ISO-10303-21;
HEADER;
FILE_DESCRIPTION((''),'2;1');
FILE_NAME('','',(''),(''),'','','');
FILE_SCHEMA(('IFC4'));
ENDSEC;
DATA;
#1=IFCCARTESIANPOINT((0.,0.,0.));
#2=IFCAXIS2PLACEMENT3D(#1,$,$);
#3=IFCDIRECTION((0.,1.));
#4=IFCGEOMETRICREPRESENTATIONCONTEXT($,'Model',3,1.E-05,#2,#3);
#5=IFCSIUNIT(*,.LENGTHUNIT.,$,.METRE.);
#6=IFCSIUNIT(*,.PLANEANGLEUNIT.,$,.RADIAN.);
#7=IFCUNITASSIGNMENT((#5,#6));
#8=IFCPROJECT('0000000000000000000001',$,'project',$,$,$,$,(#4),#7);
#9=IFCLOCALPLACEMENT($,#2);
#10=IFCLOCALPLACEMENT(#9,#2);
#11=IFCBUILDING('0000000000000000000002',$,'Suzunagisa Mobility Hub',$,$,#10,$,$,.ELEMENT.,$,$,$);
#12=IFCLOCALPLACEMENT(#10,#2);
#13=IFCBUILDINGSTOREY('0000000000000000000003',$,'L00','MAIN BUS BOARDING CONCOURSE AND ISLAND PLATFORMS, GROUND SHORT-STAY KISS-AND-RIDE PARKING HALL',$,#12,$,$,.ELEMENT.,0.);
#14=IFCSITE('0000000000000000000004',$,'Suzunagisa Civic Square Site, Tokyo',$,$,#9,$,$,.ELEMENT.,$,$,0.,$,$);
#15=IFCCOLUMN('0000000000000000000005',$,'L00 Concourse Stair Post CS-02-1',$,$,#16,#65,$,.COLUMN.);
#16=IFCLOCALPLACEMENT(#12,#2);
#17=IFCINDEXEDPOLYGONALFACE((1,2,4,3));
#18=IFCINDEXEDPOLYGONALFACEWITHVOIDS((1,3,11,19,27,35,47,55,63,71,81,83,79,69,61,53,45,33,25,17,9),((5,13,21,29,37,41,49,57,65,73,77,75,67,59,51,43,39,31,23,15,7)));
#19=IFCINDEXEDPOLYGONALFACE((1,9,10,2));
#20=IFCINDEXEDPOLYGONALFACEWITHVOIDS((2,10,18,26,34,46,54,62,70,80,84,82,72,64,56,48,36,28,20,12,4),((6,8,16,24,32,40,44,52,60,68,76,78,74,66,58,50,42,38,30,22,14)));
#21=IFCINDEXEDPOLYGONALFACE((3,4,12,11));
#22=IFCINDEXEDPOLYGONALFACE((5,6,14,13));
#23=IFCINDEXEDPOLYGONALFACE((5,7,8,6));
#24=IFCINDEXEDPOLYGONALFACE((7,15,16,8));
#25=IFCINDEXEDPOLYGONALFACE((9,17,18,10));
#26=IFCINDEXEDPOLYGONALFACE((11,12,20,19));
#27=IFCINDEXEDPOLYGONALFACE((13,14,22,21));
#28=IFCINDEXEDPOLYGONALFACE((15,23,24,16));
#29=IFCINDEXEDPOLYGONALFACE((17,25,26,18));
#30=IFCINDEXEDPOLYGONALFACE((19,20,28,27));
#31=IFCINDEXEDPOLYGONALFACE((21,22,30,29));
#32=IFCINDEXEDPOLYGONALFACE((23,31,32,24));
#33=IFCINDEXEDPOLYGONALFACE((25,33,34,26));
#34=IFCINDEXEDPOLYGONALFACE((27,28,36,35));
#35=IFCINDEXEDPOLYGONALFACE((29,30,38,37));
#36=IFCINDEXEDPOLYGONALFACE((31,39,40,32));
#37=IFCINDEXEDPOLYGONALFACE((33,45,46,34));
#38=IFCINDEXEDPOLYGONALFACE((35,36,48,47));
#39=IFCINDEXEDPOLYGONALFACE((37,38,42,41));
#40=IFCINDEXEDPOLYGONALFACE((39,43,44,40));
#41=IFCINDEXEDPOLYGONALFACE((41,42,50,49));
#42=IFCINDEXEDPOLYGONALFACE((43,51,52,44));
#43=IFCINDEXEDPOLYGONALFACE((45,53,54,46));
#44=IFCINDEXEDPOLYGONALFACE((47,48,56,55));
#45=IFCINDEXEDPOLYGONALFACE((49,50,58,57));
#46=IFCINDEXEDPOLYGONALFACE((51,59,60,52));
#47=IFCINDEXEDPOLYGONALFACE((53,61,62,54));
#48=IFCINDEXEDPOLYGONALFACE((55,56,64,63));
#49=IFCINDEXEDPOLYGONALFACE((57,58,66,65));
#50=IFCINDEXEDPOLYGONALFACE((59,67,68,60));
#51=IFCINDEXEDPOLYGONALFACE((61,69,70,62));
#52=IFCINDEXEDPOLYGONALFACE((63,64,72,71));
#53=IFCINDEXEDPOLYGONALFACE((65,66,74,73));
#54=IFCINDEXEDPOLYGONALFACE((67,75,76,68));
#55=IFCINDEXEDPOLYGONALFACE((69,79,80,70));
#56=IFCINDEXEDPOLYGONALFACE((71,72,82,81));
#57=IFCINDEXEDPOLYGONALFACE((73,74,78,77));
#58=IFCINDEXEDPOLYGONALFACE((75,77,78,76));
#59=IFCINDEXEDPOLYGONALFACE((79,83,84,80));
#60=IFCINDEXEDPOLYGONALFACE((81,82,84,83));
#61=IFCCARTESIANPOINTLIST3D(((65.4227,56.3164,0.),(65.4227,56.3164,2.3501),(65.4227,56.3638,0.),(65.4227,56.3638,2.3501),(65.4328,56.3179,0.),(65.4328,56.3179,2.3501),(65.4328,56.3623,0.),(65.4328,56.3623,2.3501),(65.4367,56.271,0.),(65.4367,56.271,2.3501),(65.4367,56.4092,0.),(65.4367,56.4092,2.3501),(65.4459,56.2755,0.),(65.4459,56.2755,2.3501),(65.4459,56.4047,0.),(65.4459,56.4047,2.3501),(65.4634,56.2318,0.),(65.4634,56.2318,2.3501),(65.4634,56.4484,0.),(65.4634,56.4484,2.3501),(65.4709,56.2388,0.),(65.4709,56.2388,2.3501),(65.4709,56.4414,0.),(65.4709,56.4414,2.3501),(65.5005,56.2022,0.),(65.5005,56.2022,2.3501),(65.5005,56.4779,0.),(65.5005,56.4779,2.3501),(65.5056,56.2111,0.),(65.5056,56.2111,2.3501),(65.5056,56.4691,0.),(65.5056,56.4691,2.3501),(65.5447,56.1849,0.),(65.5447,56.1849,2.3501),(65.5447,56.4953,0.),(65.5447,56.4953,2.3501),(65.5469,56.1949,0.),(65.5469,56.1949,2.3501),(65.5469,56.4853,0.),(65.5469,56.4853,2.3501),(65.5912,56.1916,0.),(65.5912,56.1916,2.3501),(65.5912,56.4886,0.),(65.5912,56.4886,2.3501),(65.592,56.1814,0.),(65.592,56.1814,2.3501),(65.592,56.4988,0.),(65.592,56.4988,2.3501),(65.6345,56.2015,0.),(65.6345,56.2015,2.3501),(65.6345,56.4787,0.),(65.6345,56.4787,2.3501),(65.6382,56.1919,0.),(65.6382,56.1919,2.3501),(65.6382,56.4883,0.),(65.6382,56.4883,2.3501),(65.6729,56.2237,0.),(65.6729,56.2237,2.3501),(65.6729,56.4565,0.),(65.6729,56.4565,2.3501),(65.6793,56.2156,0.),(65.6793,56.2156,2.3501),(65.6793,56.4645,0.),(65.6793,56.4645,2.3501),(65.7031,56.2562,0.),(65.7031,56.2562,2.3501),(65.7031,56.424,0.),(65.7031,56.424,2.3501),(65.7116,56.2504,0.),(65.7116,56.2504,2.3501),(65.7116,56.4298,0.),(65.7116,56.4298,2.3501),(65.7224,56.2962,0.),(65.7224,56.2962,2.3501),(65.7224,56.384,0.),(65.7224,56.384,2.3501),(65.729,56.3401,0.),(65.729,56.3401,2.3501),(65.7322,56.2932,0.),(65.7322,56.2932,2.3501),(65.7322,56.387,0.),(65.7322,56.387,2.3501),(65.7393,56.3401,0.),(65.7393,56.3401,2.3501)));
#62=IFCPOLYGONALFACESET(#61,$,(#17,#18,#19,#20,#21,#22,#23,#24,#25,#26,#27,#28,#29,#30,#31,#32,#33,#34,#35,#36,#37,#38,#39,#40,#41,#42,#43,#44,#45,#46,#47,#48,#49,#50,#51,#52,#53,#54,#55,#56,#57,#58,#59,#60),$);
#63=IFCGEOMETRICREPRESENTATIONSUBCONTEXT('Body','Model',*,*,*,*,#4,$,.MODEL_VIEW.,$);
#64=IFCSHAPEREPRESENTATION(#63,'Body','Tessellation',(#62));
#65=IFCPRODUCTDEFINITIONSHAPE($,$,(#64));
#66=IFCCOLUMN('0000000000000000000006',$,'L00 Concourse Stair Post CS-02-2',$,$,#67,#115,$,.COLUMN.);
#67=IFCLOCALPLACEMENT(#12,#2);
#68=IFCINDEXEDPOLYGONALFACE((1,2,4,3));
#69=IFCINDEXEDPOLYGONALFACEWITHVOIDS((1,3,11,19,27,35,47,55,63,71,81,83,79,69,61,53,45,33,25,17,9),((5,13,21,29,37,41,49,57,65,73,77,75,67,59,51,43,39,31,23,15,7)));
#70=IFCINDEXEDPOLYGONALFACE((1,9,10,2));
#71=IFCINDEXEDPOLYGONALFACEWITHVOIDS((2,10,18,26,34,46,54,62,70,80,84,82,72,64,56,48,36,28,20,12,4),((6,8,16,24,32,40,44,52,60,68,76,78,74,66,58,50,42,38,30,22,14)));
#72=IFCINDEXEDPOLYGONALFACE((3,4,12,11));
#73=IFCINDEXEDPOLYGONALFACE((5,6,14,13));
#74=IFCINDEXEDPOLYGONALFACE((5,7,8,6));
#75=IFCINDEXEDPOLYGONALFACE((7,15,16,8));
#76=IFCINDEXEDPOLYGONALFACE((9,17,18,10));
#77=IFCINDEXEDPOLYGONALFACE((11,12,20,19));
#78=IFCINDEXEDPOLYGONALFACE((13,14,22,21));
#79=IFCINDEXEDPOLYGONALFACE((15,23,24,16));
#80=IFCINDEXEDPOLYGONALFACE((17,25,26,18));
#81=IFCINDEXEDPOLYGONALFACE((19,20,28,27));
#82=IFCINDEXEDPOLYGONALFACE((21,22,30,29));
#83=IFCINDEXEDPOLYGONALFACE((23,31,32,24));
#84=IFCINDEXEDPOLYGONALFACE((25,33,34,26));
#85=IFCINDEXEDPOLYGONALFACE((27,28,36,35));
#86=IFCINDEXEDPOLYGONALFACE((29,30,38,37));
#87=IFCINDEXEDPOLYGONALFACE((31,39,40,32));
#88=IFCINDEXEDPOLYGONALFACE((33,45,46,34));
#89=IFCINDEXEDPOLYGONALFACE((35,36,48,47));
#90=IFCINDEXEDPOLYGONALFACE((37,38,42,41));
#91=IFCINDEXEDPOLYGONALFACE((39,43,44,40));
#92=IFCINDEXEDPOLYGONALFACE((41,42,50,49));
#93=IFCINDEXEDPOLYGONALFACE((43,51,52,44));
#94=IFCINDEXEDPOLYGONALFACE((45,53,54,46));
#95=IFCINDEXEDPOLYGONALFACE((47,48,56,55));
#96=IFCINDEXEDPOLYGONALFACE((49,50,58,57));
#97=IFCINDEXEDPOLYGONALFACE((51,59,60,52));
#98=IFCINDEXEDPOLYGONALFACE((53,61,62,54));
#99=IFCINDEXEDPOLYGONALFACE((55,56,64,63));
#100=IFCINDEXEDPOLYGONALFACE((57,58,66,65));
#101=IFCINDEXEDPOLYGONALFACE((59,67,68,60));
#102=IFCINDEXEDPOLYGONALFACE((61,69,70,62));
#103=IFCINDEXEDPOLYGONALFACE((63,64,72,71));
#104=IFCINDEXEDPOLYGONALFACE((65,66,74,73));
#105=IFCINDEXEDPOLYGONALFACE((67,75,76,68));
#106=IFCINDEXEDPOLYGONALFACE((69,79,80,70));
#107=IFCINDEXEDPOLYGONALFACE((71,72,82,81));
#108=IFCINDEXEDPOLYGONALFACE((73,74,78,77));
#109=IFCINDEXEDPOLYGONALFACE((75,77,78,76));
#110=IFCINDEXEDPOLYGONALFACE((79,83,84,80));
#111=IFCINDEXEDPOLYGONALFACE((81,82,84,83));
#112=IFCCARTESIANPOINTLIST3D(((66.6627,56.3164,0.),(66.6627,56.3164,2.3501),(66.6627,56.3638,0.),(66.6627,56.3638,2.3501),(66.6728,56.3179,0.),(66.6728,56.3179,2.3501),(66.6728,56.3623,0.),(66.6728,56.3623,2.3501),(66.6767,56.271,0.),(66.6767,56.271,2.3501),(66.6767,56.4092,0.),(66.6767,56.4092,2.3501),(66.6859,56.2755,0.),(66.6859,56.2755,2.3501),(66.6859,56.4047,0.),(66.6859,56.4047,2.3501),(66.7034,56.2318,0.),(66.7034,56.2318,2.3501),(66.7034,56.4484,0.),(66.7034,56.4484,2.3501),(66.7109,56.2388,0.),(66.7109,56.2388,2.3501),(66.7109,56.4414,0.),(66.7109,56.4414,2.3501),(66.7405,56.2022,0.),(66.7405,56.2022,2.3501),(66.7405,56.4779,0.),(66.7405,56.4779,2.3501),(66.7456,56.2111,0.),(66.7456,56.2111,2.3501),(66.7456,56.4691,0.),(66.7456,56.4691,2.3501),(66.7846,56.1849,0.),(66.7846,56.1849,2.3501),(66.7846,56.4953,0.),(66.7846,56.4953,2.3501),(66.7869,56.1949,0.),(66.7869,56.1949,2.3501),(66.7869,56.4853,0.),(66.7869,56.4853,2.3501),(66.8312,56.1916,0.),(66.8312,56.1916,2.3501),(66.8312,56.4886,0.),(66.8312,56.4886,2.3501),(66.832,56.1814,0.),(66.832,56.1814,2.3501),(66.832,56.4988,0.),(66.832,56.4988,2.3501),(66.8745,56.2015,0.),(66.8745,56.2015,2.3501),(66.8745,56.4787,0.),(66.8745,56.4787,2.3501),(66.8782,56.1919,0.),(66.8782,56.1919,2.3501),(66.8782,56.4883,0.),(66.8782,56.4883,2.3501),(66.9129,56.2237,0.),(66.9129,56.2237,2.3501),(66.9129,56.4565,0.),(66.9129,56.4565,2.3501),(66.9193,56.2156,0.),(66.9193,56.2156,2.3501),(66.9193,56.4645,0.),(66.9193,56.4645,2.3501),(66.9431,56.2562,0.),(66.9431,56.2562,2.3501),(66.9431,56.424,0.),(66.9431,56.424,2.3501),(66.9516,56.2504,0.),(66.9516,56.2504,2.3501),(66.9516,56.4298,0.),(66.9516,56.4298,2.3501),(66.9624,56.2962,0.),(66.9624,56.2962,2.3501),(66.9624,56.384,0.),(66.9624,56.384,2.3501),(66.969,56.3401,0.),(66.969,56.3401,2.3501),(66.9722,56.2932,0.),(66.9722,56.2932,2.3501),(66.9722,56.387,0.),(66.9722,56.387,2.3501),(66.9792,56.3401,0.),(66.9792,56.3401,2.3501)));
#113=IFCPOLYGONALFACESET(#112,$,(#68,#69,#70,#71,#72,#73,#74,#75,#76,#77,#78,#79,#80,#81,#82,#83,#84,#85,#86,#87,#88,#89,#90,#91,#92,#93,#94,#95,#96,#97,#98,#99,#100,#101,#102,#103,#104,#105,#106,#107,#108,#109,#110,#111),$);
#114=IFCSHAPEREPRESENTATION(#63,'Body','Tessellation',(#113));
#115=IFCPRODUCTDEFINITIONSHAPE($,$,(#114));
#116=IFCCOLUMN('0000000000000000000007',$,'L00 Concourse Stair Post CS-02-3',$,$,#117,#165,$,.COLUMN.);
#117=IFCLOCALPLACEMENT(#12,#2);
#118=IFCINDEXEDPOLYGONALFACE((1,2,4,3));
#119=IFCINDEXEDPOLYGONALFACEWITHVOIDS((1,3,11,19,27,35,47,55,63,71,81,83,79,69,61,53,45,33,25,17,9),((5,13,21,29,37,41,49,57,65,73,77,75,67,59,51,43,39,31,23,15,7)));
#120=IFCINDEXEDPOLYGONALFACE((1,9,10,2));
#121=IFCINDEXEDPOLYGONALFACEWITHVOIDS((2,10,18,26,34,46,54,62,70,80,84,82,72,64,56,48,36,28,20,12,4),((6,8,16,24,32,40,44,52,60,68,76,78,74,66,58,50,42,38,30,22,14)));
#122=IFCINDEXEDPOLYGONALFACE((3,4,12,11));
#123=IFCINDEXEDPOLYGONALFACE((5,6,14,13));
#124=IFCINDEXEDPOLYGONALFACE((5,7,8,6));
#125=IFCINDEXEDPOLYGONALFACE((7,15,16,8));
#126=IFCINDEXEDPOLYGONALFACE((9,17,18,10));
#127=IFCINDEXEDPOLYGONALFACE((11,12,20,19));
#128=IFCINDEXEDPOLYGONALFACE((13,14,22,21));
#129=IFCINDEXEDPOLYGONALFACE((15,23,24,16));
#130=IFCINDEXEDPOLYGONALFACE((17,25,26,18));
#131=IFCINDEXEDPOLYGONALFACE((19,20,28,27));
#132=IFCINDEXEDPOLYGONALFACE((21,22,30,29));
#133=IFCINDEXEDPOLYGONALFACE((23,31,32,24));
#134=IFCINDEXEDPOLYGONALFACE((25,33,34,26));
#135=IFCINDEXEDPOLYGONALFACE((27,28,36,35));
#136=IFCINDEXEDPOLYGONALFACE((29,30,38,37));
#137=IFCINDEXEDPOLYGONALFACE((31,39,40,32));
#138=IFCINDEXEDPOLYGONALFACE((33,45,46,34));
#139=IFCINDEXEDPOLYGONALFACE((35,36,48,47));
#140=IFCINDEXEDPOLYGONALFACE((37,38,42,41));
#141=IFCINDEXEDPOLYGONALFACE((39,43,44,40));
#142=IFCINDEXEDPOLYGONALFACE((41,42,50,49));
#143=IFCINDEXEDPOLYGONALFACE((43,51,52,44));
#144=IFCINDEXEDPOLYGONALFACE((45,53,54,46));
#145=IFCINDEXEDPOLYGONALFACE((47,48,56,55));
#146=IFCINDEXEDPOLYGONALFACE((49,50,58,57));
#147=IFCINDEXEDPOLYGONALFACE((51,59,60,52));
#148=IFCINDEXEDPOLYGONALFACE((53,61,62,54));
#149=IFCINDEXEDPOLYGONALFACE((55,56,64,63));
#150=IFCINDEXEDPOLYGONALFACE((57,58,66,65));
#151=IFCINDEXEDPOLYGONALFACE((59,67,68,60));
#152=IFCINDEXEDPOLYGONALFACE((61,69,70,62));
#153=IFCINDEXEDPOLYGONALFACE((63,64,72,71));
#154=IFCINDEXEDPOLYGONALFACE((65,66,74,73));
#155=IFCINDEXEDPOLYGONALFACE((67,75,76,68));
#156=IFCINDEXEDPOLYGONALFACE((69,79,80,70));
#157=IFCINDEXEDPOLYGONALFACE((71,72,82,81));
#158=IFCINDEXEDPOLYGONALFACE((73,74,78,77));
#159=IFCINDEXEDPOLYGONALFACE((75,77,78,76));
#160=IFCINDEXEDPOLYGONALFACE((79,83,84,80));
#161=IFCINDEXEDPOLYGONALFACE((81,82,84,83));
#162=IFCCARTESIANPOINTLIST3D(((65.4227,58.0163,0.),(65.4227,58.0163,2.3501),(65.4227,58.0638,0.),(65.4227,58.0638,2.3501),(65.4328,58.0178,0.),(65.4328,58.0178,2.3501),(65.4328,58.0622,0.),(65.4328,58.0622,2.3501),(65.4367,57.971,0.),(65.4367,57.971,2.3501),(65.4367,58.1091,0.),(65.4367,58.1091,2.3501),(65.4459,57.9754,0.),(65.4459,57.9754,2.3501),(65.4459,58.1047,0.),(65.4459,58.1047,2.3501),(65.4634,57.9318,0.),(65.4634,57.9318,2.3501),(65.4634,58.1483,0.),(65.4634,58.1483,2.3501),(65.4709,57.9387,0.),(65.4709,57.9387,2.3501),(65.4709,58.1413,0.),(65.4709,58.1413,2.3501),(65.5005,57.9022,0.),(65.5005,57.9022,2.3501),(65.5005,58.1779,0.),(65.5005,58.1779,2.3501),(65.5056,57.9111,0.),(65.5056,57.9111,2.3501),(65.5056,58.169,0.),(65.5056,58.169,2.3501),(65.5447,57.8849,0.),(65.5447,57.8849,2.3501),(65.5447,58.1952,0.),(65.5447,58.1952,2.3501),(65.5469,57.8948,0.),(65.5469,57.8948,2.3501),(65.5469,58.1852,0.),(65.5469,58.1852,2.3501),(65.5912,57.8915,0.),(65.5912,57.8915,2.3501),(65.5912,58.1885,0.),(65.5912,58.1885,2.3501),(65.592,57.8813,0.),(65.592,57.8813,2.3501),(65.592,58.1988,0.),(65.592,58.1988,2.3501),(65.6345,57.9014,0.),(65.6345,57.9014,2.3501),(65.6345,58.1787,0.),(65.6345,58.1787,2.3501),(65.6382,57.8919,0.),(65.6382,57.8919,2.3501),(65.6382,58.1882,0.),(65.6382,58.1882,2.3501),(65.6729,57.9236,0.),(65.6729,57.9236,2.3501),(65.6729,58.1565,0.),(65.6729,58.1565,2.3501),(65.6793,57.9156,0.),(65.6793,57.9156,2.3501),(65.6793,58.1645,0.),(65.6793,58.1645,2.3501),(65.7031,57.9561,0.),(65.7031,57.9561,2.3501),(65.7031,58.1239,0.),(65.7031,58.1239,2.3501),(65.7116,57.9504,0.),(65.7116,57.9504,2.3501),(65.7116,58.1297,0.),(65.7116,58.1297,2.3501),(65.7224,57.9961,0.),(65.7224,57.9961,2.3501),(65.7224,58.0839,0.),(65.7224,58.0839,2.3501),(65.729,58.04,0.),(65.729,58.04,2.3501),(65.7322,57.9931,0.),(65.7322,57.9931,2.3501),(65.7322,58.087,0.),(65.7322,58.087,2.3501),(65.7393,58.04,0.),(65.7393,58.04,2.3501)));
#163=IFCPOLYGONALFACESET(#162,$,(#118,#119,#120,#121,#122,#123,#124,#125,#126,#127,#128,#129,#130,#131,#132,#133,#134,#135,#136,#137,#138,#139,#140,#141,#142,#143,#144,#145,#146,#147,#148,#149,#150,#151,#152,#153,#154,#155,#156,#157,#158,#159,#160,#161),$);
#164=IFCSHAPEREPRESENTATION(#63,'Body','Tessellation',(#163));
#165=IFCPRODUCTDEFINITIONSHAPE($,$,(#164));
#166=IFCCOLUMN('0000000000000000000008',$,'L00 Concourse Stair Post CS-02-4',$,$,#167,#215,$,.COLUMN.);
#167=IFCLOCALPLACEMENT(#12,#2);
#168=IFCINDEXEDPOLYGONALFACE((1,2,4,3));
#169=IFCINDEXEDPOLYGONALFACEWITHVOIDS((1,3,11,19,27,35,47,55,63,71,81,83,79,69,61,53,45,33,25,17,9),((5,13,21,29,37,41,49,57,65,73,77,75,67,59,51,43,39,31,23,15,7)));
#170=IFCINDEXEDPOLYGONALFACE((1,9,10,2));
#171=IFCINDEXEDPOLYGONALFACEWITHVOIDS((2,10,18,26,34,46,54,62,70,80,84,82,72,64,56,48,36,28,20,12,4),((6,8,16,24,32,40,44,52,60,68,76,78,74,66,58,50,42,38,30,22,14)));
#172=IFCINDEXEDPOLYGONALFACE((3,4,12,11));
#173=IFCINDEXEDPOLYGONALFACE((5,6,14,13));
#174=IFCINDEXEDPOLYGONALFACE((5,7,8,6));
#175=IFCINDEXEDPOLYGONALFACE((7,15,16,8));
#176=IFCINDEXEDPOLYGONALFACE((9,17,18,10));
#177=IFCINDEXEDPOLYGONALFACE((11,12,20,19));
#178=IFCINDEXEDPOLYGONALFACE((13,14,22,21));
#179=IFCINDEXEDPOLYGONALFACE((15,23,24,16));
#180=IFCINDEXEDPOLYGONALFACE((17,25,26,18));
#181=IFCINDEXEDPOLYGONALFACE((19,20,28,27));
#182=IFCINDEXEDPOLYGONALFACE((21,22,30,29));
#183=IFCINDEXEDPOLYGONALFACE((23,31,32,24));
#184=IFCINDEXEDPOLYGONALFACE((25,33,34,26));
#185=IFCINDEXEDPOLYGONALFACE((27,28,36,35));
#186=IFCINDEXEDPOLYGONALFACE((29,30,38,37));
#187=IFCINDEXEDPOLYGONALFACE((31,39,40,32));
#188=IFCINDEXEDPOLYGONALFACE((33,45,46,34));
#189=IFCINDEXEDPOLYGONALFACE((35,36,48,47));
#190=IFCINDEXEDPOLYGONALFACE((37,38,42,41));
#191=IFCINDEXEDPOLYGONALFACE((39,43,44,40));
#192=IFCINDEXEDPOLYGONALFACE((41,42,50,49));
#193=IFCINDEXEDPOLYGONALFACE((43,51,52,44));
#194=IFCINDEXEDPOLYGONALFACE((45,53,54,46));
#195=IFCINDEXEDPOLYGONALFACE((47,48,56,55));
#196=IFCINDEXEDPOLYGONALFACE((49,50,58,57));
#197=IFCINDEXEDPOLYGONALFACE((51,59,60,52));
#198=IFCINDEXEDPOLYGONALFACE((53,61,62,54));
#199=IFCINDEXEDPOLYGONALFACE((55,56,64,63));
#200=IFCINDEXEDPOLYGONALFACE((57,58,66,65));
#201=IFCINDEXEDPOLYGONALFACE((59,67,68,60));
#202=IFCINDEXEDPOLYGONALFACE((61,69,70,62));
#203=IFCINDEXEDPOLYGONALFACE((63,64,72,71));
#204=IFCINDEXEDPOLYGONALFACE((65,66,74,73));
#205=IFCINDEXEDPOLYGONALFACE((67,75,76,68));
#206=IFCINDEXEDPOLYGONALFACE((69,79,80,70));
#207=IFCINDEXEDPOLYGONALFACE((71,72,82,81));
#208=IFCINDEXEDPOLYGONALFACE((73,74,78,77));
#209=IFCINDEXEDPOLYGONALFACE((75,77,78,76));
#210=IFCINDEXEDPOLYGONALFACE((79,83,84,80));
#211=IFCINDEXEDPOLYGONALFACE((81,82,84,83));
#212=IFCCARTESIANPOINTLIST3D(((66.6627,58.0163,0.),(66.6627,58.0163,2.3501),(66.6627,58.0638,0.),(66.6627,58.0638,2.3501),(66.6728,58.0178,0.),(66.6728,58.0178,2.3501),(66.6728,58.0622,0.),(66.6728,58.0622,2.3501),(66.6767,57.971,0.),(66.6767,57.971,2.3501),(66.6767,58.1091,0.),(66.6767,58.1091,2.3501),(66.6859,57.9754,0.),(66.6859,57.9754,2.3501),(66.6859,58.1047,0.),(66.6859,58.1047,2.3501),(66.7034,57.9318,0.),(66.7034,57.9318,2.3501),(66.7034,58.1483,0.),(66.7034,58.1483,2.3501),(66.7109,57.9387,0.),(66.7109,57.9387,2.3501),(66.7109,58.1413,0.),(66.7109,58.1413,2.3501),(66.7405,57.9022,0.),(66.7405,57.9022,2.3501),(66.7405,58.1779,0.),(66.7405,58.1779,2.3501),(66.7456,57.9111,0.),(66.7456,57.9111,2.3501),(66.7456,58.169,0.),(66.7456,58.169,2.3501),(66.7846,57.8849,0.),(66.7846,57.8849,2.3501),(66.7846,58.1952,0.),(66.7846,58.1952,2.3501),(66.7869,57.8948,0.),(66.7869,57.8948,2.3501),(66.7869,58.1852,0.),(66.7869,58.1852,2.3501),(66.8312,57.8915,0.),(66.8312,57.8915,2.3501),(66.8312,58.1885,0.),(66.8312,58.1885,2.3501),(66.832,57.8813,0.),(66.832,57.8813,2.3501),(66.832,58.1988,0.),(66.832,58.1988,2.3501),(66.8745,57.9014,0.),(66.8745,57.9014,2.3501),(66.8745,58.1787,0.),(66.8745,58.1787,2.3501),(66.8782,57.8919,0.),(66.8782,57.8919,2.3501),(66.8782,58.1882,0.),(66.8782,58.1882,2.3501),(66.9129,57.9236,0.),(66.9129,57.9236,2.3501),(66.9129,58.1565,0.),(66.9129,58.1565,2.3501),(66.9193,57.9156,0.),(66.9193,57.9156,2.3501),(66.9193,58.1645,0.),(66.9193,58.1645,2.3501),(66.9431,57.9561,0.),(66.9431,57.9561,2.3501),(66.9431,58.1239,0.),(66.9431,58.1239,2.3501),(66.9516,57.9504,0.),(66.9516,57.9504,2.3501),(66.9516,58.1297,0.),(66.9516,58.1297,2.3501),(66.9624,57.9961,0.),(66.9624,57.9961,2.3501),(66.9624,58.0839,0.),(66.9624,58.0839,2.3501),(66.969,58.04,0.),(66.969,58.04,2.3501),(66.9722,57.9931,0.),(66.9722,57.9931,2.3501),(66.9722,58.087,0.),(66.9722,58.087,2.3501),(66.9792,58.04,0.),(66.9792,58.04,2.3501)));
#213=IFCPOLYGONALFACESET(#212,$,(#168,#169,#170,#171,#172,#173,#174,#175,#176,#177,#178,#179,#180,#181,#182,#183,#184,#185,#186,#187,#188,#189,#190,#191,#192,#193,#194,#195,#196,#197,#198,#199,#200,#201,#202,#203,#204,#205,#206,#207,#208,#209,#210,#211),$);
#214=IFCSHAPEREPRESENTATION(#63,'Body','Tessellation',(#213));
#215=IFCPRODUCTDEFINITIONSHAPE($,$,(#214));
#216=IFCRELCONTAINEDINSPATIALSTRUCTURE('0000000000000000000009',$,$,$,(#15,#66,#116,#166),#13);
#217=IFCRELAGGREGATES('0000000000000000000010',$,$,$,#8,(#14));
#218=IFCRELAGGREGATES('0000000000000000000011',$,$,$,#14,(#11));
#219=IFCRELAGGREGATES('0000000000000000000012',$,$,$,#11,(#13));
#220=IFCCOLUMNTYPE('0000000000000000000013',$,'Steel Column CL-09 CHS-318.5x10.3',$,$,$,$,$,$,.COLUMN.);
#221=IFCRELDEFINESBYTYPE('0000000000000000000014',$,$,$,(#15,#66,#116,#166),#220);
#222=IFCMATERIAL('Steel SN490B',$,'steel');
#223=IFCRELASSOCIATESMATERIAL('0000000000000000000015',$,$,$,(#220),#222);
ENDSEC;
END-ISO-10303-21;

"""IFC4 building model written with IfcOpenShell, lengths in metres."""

from ifc_helpers import new_model, si_unit, direction, frame, origin, origin_2d, place, context, subcontext, project, spatial, hollow_circle, extrude, material, material_profile, profile_set, type_object, element, save


model = new_model("IFC4")

# Units and contexts
model_context = context("Model", 3, precision=1e-05, world=origin(), true_north=direction((0.0, 1.0)))
body_context = subcontext(model_context, "Body", "Model", "MODEL_VIEW")
ifc_project = project(units=[si_unit("LENGTHUNIT", "METRE"), si_unit("PLANEANGLEUNIT", "RADIAN")], contexts=[model_context])

# Site, building, storey
site_placement = place(None, origin())
site = spatial("IfcSite", under=ifc_project, at=site_placement, Name="Suzunagisa Civic Square Site, Tokyo", CompositionType="ELEMENT", RefElevation=0.0)
building_placement = place(site_placement, origin())
building = spatial("IfcBuilding", under=site, at=building_placement, Name="Suzunagisa Mobility Hub", CompositionType="ELEMENT")
storey_placement = place(building_placement, origin())
storey = spatial("IfcBuildingStorey", under=building, at=storey_placement, Name="L00", Description="MAIN BUS BOARDING CONCOURSE AND ISLAND PLATFORMS, GROUND SHORT-STAY KISS-AND-RIDE PARKING HALL", CompositionType="ELEMENT", Elevation=0.0)

# Columns
ifc_material_1 = material(Name="Steel SN490B", Category="steel")
ifc_material_profile_1 = material_profile(ifc_material_1, hollow_circle(Radius=0.1592, WallThickness=0.0103, at=origin_2d()), Name="CHS-318.5x10.3")
ifc_profile_set_1 = profile_set([ifc_material_profile_1], Name="Steel SN490B")
column_type_1 = type_object("IfcColumnType", Name="Steel Column CL-09 CHS-318.5x10.3", PredefinedType="COLUMN", material=ifc_profile_set_1)
for number, where, z_axis, x_axis, name in (
    (1, (65.5801, 56.3401, 0.0), (0.0, 0.0, 1.0), (1.0, 0.0, 0.0), "L00 Concourse Stair Post CS-02-1"),
    (2, (66.8201, 56.3401, 0.0), (0.0, 0.0, 1.0), (1.0, 0.0, 0.0), "L00 Concourse Stair Post CS-02-2"),
    (3, (65.5801, 58.04, 0.0), (0.0, 0.0, 1.0), (1.0, 0.0, 0.0), "L00 Concourse Stair Post CS-02-3"),
    (4, (66.8201, 58.04, 0.0), (0.0, 0.0, 1.0), (1.0, 0.0, 0.0), "L00 Concourse Stair Post CS-02-4"),
):
    element("IfcColumn", number, at=place(storey_placement, frame(where, z_axis=z_axis, x_axis=x_axis)), inside=storey, type_object=column_type_1, Name=name, PredefinedType="COLUMN", context=body_context, shape_type="SweptSolid", body=[
        extrude(hollow_circle(Radius=0.1592, WallThickness=0.0103, at=origin_2d()), origin(), (0.0, 0.0, 1.0), 2.3501),
    ])

save(model, "model.ifc")
